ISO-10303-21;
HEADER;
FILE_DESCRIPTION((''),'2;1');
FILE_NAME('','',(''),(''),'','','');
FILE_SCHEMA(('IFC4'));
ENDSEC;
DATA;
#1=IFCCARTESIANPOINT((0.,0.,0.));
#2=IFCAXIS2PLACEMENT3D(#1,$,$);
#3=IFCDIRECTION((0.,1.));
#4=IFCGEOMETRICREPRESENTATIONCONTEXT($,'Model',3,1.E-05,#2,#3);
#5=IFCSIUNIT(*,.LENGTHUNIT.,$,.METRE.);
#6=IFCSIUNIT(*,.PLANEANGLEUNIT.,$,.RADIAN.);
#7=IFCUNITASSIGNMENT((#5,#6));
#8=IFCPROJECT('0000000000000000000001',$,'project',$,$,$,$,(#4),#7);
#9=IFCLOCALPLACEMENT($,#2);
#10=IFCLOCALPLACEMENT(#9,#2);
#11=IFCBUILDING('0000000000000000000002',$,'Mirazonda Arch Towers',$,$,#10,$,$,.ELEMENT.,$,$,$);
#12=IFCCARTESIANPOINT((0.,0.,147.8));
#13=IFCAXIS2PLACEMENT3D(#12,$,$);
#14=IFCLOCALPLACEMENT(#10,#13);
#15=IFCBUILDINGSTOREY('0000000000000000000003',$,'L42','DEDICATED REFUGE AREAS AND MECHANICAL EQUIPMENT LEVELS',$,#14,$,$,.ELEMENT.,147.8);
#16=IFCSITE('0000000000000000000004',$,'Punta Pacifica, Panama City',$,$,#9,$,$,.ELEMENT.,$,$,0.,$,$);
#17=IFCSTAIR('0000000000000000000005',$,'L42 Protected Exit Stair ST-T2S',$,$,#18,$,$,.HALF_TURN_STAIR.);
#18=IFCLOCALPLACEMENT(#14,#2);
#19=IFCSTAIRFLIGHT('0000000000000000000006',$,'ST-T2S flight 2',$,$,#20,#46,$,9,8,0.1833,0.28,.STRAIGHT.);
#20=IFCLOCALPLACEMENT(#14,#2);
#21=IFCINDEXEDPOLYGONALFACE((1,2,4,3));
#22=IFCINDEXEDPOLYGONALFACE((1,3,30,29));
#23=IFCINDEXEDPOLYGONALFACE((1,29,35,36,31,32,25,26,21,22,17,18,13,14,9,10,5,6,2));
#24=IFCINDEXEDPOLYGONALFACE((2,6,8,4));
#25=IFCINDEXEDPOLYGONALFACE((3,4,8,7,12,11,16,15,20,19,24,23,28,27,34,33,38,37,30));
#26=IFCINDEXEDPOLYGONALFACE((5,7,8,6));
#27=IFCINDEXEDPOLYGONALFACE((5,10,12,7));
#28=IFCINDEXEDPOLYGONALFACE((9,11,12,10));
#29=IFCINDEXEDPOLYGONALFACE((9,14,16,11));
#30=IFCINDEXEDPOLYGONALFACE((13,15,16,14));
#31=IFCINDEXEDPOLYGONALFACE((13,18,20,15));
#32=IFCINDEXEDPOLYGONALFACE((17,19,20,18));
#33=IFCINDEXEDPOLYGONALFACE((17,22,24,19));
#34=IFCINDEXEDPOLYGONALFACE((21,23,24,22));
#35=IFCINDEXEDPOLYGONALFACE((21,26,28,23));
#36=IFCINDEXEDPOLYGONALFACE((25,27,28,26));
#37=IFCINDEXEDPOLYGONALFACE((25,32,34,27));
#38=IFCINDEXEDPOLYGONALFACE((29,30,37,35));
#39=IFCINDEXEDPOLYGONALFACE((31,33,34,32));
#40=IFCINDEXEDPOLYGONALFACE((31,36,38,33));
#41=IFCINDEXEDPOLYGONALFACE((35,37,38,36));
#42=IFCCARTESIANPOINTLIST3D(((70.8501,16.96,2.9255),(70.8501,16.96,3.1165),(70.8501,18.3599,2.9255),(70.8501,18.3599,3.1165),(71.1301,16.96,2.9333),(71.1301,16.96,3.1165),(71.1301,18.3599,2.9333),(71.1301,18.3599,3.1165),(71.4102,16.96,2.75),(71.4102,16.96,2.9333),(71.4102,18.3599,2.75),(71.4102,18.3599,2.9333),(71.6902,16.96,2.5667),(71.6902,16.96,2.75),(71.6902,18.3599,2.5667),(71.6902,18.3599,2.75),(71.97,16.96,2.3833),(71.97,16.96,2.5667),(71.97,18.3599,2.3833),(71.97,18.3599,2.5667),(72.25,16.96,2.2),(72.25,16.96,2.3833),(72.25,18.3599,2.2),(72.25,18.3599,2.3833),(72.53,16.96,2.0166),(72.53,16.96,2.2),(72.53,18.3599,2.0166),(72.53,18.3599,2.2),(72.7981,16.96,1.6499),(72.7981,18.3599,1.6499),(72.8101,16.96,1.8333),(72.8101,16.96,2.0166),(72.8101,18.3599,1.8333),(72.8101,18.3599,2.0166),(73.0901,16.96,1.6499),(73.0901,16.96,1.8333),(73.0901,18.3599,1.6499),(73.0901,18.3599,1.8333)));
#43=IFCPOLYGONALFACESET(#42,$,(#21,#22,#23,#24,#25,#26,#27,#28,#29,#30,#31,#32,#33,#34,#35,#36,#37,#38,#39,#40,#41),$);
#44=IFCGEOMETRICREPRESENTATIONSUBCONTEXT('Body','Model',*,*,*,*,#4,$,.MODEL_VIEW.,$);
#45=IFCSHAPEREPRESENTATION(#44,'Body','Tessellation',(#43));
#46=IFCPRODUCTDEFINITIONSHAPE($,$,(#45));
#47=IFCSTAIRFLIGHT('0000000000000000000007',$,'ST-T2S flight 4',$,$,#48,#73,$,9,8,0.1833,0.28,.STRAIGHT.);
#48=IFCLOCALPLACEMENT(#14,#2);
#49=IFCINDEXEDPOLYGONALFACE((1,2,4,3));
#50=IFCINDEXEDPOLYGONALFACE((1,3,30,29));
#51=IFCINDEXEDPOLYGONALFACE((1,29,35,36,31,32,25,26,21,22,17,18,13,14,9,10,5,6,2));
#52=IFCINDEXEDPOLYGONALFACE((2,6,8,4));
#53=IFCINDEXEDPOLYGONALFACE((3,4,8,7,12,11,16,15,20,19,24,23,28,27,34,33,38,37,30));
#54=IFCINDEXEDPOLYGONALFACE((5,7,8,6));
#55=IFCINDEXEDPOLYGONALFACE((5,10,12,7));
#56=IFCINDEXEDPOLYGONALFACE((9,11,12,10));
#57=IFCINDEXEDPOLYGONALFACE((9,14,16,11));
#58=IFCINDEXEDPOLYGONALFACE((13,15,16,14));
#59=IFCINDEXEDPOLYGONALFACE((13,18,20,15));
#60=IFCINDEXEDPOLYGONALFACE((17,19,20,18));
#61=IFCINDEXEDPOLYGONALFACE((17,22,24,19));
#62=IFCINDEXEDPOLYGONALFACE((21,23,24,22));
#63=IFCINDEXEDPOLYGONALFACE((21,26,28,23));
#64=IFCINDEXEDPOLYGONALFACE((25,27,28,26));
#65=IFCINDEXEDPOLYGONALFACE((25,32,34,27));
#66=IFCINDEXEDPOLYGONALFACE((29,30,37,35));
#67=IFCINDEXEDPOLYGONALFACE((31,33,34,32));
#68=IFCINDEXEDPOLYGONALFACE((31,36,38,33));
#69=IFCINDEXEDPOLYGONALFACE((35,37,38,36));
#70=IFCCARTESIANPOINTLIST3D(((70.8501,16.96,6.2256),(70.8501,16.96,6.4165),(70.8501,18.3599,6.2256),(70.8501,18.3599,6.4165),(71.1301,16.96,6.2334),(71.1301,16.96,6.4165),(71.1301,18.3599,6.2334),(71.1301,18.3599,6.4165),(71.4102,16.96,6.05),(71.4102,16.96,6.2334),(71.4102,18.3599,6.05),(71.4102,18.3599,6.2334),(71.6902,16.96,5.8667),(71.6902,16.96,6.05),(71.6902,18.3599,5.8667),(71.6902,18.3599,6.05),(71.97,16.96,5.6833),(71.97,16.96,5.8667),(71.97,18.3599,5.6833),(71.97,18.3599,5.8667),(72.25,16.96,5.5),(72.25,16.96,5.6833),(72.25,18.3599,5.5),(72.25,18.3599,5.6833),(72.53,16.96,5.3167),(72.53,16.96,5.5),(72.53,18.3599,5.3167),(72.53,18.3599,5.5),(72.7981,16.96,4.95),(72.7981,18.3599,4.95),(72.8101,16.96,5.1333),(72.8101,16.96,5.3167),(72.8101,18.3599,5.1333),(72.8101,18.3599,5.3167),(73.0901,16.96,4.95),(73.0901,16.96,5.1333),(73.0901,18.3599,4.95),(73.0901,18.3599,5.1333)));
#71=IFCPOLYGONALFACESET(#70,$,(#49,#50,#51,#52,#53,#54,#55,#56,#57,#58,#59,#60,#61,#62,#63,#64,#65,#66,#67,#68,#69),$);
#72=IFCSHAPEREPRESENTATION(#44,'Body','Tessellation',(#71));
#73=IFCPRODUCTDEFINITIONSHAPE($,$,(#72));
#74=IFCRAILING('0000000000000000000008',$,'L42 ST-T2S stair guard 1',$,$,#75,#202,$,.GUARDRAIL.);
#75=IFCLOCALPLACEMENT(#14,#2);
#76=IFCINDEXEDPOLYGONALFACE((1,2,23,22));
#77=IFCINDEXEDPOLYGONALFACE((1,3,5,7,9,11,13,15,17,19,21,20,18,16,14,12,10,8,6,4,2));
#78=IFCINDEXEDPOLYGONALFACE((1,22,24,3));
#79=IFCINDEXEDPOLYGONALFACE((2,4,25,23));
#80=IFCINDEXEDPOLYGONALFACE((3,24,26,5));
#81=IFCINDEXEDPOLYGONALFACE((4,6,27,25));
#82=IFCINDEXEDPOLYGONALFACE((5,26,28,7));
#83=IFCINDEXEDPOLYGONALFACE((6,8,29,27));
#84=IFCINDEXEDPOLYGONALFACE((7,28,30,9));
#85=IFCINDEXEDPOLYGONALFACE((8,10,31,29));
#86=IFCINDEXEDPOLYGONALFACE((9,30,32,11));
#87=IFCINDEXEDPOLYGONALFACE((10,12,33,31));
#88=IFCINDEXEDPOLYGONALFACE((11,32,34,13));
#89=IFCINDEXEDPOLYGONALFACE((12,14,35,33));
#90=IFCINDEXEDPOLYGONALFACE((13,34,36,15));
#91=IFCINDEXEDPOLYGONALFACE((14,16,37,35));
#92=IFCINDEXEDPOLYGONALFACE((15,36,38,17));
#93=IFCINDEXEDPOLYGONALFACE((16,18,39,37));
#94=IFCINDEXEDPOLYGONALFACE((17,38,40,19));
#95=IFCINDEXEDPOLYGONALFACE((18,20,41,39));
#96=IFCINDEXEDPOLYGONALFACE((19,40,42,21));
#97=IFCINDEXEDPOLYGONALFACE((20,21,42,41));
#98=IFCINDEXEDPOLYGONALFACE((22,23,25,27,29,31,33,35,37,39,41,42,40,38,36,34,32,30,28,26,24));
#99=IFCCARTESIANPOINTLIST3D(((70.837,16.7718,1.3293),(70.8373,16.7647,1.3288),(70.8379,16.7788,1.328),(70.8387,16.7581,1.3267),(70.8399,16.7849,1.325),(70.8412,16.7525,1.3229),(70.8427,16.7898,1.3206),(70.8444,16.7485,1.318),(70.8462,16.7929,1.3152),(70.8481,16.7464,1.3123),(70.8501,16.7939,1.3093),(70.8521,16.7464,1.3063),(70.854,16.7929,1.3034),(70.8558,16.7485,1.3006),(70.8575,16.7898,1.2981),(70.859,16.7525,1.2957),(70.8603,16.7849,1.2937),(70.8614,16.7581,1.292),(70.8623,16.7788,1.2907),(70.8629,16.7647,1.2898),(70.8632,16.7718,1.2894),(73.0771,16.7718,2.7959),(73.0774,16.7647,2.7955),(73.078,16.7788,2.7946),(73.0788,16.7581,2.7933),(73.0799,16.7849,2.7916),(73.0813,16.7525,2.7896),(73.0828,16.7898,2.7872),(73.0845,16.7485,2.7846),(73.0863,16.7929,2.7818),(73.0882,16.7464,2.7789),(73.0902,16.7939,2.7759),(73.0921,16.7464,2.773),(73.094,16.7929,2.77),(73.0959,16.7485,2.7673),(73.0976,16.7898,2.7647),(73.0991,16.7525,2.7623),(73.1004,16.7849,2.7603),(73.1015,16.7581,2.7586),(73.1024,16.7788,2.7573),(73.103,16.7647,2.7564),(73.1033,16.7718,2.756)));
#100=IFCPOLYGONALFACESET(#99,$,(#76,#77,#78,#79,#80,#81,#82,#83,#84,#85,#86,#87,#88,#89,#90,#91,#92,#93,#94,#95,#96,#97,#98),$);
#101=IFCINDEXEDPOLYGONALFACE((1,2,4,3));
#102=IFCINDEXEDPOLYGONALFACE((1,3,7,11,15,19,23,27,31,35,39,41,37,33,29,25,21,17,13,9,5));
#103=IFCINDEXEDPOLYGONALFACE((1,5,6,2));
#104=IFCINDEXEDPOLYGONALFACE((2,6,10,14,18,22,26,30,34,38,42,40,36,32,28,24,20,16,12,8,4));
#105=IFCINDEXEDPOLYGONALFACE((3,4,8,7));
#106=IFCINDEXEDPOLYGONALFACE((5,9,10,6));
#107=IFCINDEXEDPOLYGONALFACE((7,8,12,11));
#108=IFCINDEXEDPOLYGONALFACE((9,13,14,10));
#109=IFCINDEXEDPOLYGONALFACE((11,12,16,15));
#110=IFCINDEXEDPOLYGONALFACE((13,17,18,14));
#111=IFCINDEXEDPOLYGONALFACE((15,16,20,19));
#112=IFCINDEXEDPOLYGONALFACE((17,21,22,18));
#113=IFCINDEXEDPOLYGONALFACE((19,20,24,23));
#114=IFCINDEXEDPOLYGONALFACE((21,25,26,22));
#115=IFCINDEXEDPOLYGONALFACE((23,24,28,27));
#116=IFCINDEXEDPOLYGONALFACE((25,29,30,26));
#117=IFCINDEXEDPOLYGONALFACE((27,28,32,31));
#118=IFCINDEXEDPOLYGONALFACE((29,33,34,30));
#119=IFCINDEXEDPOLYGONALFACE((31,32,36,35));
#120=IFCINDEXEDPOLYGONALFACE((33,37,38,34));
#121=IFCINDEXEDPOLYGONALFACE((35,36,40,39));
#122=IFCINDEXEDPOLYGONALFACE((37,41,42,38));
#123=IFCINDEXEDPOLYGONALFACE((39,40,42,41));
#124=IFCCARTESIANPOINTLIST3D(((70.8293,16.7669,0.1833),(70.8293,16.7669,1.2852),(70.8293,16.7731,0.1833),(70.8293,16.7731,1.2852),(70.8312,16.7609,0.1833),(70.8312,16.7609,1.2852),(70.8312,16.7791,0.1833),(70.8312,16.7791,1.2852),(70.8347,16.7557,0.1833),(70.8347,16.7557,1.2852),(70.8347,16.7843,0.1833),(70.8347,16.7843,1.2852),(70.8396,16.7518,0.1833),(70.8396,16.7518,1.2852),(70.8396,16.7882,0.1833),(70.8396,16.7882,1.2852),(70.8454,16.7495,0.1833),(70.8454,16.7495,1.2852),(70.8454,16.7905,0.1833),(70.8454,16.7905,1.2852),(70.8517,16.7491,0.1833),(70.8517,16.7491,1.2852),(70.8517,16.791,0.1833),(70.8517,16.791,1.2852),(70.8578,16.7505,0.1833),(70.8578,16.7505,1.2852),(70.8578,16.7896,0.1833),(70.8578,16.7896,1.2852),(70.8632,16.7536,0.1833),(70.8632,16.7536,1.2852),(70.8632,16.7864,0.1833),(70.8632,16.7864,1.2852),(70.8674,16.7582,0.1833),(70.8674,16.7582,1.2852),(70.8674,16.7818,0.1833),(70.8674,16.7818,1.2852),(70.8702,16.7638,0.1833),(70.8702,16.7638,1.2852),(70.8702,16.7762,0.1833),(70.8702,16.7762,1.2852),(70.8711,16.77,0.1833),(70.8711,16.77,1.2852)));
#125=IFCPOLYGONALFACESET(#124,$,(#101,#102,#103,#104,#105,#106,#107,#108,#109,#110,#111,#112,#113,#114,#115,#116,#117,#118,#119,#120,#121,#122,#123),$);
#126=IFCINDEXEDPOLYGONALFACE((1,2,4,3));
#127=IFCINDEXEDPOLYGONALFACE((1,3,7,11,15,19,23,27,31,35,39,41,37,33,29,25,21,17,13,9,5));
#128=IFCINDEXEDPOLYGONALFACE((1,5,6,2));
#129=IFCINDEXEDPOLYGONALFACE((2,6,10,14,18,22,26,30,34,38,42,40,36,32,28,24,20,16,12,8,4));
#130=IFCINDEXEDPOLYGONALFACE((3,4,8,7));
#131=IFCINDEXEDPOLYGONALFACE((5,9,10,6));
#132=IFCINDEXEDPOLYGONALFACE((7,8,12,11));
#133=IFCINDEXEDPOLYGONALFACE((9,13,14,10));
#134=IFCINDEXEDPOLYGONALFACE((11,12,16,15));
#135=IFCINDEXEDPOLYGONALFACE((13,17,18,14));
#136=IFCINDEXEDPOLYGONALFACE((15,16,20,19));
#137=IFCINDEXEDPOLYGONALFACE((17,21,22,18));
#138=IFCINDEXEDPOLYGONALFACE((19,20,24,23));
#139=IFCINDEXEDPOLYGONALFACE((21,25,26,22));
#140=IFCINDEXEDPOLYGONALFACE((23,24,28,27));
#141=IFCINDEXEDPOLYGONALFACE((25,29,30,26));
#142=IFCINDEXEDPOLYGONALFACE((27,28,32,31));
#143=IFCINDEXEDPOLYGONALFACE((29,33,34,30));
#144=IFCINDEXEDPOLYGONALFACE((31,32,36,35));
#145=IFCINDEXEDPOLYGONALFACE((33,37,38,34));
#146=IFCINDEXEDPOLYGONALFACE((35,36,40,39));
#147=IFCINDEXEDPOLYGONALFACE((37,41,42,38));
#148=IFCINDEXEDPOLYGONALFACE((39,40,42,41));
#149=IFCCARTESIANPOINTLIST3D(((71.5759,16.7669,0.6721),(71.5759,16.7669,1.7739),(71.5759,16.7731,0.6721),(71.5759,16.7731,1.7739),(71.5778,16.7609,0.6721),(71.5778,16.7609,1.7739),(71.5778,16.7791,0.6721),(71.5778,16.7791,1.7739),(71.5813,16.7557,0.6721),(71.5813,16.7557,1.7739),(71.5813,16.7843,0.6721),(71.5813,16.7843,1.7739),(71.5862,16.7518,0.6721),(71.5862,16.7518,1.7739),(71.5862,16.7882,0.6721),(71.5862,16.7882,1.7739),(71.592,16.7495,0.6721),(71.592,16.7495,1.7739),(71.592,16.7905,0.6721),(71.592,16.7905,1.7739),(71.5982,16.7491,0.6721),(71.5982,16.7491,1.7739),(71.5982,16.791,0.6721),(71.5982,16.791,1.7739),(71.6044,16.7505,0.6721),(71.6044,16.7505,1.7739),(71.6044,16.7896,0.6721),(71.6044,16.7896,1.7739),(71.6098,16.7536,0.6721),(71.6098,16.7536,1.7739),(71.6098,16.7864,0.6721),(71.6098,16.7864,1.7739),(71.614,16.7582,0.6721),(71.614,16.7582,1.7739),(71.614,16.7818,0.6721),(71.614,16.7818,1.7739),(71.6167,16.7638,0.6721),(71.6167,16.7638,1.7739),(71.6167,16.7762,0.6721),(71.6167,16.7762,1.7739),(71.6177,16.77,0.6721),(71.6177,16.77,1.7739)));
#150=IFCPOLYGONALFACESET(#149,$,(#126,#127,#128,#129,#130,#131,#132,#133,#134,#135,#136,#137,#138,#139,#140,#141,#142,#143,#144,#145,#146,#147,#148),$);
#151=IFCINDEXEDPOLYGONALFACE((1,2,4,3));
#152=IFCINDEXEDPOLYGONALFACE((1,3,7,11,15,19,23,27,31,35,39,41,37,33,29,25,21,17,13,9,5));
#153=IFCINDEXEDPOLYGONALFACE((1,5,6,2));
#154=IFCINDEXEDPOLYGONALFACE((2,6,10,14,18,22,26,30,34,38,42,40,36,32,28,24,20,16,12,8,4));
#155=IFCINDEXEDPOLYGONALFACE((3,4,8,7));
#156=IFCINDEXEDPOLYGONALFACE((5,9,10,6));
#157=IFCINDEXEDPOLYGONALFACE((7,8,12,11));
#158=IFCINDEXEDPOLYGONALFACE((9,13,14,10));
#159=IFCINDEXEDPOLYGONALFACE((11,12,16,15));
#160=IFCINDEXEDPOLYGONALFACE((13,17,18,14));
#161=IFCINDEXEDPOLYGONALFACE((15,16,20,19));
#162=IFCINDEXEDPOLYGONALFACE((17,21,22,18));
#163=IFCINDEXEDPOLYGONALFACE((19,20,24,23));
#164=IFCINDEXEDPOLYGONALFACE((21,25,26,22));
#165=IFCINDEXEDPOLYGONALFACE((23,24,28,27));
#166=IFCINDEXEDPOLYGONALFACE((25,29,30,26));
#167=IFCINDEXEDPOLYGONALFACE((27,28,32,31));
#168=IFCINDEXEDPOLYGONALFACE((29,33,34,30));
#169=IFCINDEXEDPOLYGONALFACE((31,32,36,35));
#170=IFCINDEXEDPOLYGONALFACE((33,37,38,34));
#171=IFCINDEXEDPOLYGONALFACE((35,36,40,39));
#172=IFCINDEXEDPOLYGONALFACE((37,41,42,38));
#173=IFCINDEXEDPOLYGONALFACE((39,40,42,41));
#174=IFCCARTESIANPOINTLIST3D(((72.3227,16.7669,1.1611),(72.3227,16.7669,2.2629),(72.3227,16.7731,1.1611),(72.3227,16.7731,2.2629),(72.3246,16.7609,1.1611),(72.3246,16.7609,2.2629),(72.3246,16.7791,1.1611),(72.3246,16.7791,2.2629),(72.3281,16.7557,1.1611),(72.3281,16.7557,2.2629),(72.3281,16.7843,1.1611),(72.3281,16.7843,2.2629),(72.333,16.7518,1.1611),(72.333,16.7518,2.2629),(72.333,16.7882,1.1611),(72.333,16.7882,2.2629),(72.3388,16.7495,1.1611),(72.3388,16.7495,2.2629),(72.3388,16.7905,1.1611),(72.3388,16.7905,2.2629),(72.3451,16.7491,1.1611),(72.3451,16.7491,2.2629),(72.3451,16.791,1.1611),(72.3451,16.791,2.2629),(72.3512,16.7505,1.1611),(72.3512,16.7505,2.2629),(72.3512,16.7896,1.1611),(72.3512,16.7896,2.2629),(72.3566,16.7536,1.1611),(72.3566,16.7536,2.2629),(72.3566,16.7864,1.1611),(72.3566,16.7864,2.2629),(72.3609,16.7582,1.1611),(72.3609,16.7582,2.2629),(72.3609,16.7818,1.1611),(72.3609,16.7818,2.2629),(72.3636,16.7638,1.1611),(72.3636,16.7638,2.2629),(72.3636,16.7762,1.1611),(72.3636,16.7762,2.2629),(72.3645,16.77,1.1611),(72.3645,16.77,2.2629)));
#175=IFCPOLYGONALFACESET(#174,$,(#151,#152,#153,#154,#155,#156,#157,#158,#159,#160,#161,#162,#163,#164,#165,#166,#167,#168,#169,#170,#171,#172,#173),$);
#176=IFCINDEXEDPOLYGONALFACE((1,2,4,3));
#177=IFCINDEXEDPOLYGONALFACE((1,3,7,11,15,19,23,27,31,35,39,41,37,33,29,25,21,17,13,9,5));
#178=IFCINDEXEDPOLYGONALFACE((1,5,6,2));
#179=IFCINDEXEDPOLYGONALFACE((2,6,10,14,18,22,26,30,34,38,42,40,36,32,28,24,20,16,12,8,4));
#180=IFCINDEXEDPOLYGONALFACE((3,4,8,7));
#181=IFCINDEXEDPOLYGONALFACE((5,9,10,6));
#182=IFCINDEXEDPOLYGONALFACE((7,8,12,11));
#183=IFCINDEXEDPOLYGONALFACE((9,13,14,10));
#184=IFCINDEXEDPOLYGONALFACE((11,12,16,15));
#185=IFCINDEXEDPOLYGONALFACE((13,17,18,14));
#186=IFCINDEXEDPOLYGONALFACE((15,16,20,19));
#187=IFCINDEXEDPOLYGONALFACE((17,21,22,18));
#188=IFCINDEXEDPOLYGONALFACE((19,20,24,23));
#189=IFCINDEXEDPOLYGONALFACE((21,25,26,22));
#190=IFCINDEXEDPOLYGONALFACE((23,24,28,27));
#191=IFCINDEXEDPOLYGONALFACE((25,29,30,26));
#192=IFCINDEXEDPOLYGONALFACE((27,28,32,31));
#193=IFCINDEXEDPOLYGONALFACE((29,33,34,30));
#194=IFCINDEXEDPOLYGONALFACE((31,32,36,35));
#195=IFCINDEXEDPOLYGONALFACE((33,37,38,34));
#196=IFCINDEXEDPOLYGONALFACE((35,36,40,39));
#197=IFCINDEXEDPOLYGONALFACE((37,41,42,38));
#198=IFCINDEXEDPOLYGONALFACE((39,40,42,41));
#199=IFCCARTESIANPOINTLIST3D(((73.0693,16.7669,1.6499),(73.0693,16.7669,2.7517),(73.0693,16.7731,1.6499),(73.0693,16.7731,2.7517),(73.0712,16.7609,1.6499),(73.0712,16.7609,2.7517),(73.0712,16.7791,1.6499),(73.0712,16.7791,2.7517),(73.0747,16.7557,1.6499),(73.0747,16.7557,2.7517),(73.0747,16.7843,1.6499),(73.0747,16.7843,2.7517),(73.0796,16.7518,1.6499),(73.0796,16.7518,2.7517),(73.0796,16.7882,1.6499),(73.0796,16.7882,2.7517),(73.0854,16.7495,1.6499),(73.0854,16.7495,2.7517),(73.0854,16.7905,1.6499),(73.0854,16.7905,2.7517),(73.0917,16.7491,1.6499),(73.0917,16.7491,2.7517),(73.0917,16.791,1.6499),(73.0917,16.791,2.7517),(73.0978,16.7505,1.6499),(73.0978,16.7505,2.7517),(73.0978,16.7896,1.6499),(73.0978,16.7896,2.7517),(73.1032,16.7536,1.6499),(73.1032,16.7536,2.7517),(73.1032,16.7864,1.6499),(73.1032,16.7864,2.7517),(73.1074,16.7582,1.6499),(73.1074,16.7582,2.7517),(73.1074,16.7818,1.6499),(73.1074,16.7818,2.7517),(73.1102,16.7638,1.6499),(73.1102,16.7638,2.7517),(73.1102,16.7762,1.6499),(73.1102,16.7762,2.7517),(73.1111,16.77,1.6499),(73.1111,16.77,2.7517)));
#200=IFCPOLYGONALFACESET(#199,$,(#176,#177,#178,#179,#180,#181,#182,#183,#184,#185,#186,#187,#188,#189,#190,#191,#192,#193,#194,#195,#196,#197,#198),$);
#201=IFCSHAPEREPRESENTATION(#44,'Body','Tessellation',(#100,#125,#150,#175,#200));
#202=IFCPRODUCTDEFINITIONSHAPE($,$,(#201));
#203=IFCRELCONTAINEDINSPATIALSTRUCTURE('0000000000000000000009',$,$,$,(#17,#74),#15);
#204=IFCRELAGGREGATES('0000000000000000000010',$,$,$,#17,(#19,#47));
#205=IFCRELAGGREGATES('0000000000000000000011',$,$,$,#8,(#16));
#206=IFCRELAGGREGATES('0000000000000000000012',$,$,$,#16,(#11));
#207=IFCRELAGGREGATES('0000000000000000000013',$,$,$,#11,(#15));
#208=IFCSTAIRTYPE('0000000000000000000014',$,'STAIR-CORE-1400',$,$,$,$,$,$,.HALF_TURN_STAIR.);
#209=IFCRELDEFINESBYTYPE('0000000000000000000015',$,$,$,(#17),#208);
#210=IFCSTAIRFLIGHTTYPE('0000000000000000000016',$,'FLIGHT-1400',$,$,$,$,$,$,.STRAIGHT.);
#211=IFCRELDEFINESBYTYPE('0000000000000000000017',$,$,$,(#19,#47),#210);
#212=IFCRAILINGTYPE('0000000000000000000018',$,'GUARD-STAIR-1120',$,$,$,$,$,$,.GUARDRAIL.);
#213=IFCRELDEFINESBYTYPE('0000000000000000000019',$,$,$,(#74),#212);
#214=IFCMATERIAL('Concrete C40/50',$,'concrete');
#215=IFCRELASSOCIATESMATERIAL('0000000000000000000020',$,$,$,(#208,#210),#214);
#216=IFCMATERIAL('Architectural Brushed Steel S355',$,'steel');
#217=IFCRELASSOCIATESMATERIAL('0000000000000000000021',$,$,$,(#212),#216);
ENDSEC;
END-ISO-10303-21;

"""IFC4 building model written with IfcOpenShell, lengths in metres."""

from ifc_helpers import new_model, si_unit, direction, frame, origin, origin_2d, place, context, subcontext, project, spatial, polyline, circle, outline, extrude, material, type_object, element, aggregate, save


model = new_model("IFC4")

# Units and contexts
model_context = context("Model", 3, precision=1e-05, world=origin(), true_north=direction((0.0, 1.0)))
body_context = subcontext(model_context, "Body", "Model", "MODEL_VIEW")
ifc_project = project(units=[si_unit("LENGTHUNIT", "METRE"), si_unit("PLANEANGLEUNIT", "RADIAN")], contexts=[model_context])

# Site, building, storey
site_placement = place(None, origin())
site = spatial("IfcSite", under=ifc_project, at=site_placement, Name="Punta Pacifica, Panama City", CompositionType="ELEMENT", RefElevation=0.0)
building_placement = place(site_placement, origin())
building = spatial("IfcBuilding", under=site, at=building_placement, Name="Mirazonda Arch Towers", CompositionType="ELEMENT")
storey_placement = place(building_placement, frame((0.0, 0.0, 147.8)))
storey = spatial("IfcBuildingStorey", under=building, at=storey_placement, Name="L42", Description="DEDICATED REFUGE AREAS AND MECHANICAL EQUIPMENT LEVELS", CompositionType="ELEMENT", Elevation=147.8)

# Shared definitions
ifc_material_1 = material(Name="Concrete C40/50", Category="concrete")

# Shared definitions
ifc_material_2 = material(Name="Architectural Brushed Steel S355", Category="steel")

# Stair, stair flights
stair_type = type_object("IfcStairType", Name="STAIR-CORE-1400", PredefinedType="HALF_TURN_STAIR", material=ifc_material_1)
stair_placement = place(storey_placement, origin())
stair = element("IfcStair", 1, at=stair_placement, inside=storey, type_object=stair_type, Name="L42 Protected Exit Stair ST-T2S", PredefinedType="HALF_TURN_STAIR")
stair_flight_type = type_object("IfcStairFlightType", Name="FLIGHT-1400", PredefinedType="STRAIGHT", material=ifc_material_1)
stair_flight_1_placement = place(storey_placement, frame((73.0901, 17.6599, 1.6499), z_axis=(0.0, 0.0, 1.0), x_axis=(-1.0, 0.0, 0.0)))
stair_flight_1 = element("IfcStairFlight", 2, at=stair_flight_1_placement, type_object=stair_flight_type, Name="ST-T2S flight 2", NumberOfRisers=9, NumberOfTreads=8, PredefinedType="STRAIGHT", RiserHeight=0.1833, TreadLength=0.28, context=body_context, shape_type="SweptSolid", body=[
    extrude(outline(polyline([(0.0, 0.0), (0.0, 0.1833), (0.28, 0.1833), (0.28, 0.3667), (0.5601, 0.3667), (0.5601, 0.55), (0.8401, 0.55), (0.8401, 0.7334), (1.1201, 0.7334), (1.1201, 0.9167), (1.3999, 0.9167), (1.3999, 1.1001), (1.6799, 1.1001), (1.6799, 1.2834), (1.96, 1.2834), (1.96, 1.4666), (2.24, 1.4666), (2.24, 1.6499), (2.24, 1.2756), (0.292, 0.0), (0.0, 0.0)])), frame((0.0, 0.7, 0.0), z_axis=(0.0, -1.0, 0.0), x_axis=(1.0, 0.0, 0.0)), (0.0, 0.0, 1.0), 1.3999),
])
stair_flight_2_placement = place(storey_placement, frame((73.0901, 17.6599, 4.95), z_axis=(0.0, 0.0, 1.0), x_axis=(-1.0, 0.0, 0.0)))
stair_flight_2 = element("IfcStairFlight", 3, at=stair_flight_2_placement, type_object=stair_flight_type, Name="ST-T2S flight 4", NumberOfRisers=9, NumberOfTreads=8, PredefinedType="STRAIGHT", RiserHeight=0.1833, TreadLength=0.28, context=body_context, shape_type="SweptSolid", body=[
    extrude(outline(polyline([(0.0, 0.0), (0.0, 0.1833), (0.28, 0.1833), (0.28, 0.3667), (0.5601, 0.3667), (0.5601, 0.55), (0.8401, 0.55), (0.8401, 0.7334), (1.1201, 0.7334), (1.1201, 0.9167), (1.3999, 0.9167), (1.3999, 1.1001), (1.6799, 1.1001), (1.6799, 1.2834), (1.96, 1.2834), (1.96, 1.4666), (2.24, 1.4666), (2.24, 1.6499), (2.24, 1.2756), (0.292, 0.0), (0.0, 0.0)])), frame((0.0, 0.7, 0.0), z_axis=(0.0, -1.0, 0.0), x_axis=(1.0, 0.0, 0.0)), (0.0, 0.0, 1.0), 1.3999),
])
aggregate(stair, [stair_flight_1, stair_flight_2])

# Railing
railing_type_1 = type_object("IfcRailingType", Name="GUARD-STAIR-1120", PredefinedType="GUARDRAIL", material=ifc_material_2)
railing_1_placement = place(storey_placement, frame((70.8501, 16.77, 0.1833)))
element("IfcRailing", 4, at=railing_1_placement, inside=storey, type_object=railing_type_1, Name="L42 ST-T2S stair guard 1", PredefinedType="GUARDRAIL", context=body_context, shape_type="SweptSolid", body=[
    extrude(circle(Radius=0.0239, at=origin_2d()), frame((0.0, 0.0, 1.126), z_axis=(0.836637, 0.0, 0.547758), x_axis=(0.0, 1.0, 0.0)), (0.0, 0.0, 1.0), 2.6775),
    extrude(circle(Radius=0.021, at=origin_2d()), origin(), (0.0, 0.0, 1.0), 1.1018),
    extrude(circle(Radius=0.021, at=origin_2d()), frame((0.7466, 0.0, 0.4888)), (0.0, 0.0, 1.0), 1.1018),
    extrude(circle(Radius=0.021, at=origin_2d()), frame((1.4934, 0.0, 0.9778)), (0.0, 0.0, 1.0), 1.1018),
    extrude(circle(Radius=0.021, at=origin_2d()), frame((2.24, 0.0, 1.4666)), (0.0, 0.0, 1.0), 1.1018),
])

save(model, "model.ifc")
